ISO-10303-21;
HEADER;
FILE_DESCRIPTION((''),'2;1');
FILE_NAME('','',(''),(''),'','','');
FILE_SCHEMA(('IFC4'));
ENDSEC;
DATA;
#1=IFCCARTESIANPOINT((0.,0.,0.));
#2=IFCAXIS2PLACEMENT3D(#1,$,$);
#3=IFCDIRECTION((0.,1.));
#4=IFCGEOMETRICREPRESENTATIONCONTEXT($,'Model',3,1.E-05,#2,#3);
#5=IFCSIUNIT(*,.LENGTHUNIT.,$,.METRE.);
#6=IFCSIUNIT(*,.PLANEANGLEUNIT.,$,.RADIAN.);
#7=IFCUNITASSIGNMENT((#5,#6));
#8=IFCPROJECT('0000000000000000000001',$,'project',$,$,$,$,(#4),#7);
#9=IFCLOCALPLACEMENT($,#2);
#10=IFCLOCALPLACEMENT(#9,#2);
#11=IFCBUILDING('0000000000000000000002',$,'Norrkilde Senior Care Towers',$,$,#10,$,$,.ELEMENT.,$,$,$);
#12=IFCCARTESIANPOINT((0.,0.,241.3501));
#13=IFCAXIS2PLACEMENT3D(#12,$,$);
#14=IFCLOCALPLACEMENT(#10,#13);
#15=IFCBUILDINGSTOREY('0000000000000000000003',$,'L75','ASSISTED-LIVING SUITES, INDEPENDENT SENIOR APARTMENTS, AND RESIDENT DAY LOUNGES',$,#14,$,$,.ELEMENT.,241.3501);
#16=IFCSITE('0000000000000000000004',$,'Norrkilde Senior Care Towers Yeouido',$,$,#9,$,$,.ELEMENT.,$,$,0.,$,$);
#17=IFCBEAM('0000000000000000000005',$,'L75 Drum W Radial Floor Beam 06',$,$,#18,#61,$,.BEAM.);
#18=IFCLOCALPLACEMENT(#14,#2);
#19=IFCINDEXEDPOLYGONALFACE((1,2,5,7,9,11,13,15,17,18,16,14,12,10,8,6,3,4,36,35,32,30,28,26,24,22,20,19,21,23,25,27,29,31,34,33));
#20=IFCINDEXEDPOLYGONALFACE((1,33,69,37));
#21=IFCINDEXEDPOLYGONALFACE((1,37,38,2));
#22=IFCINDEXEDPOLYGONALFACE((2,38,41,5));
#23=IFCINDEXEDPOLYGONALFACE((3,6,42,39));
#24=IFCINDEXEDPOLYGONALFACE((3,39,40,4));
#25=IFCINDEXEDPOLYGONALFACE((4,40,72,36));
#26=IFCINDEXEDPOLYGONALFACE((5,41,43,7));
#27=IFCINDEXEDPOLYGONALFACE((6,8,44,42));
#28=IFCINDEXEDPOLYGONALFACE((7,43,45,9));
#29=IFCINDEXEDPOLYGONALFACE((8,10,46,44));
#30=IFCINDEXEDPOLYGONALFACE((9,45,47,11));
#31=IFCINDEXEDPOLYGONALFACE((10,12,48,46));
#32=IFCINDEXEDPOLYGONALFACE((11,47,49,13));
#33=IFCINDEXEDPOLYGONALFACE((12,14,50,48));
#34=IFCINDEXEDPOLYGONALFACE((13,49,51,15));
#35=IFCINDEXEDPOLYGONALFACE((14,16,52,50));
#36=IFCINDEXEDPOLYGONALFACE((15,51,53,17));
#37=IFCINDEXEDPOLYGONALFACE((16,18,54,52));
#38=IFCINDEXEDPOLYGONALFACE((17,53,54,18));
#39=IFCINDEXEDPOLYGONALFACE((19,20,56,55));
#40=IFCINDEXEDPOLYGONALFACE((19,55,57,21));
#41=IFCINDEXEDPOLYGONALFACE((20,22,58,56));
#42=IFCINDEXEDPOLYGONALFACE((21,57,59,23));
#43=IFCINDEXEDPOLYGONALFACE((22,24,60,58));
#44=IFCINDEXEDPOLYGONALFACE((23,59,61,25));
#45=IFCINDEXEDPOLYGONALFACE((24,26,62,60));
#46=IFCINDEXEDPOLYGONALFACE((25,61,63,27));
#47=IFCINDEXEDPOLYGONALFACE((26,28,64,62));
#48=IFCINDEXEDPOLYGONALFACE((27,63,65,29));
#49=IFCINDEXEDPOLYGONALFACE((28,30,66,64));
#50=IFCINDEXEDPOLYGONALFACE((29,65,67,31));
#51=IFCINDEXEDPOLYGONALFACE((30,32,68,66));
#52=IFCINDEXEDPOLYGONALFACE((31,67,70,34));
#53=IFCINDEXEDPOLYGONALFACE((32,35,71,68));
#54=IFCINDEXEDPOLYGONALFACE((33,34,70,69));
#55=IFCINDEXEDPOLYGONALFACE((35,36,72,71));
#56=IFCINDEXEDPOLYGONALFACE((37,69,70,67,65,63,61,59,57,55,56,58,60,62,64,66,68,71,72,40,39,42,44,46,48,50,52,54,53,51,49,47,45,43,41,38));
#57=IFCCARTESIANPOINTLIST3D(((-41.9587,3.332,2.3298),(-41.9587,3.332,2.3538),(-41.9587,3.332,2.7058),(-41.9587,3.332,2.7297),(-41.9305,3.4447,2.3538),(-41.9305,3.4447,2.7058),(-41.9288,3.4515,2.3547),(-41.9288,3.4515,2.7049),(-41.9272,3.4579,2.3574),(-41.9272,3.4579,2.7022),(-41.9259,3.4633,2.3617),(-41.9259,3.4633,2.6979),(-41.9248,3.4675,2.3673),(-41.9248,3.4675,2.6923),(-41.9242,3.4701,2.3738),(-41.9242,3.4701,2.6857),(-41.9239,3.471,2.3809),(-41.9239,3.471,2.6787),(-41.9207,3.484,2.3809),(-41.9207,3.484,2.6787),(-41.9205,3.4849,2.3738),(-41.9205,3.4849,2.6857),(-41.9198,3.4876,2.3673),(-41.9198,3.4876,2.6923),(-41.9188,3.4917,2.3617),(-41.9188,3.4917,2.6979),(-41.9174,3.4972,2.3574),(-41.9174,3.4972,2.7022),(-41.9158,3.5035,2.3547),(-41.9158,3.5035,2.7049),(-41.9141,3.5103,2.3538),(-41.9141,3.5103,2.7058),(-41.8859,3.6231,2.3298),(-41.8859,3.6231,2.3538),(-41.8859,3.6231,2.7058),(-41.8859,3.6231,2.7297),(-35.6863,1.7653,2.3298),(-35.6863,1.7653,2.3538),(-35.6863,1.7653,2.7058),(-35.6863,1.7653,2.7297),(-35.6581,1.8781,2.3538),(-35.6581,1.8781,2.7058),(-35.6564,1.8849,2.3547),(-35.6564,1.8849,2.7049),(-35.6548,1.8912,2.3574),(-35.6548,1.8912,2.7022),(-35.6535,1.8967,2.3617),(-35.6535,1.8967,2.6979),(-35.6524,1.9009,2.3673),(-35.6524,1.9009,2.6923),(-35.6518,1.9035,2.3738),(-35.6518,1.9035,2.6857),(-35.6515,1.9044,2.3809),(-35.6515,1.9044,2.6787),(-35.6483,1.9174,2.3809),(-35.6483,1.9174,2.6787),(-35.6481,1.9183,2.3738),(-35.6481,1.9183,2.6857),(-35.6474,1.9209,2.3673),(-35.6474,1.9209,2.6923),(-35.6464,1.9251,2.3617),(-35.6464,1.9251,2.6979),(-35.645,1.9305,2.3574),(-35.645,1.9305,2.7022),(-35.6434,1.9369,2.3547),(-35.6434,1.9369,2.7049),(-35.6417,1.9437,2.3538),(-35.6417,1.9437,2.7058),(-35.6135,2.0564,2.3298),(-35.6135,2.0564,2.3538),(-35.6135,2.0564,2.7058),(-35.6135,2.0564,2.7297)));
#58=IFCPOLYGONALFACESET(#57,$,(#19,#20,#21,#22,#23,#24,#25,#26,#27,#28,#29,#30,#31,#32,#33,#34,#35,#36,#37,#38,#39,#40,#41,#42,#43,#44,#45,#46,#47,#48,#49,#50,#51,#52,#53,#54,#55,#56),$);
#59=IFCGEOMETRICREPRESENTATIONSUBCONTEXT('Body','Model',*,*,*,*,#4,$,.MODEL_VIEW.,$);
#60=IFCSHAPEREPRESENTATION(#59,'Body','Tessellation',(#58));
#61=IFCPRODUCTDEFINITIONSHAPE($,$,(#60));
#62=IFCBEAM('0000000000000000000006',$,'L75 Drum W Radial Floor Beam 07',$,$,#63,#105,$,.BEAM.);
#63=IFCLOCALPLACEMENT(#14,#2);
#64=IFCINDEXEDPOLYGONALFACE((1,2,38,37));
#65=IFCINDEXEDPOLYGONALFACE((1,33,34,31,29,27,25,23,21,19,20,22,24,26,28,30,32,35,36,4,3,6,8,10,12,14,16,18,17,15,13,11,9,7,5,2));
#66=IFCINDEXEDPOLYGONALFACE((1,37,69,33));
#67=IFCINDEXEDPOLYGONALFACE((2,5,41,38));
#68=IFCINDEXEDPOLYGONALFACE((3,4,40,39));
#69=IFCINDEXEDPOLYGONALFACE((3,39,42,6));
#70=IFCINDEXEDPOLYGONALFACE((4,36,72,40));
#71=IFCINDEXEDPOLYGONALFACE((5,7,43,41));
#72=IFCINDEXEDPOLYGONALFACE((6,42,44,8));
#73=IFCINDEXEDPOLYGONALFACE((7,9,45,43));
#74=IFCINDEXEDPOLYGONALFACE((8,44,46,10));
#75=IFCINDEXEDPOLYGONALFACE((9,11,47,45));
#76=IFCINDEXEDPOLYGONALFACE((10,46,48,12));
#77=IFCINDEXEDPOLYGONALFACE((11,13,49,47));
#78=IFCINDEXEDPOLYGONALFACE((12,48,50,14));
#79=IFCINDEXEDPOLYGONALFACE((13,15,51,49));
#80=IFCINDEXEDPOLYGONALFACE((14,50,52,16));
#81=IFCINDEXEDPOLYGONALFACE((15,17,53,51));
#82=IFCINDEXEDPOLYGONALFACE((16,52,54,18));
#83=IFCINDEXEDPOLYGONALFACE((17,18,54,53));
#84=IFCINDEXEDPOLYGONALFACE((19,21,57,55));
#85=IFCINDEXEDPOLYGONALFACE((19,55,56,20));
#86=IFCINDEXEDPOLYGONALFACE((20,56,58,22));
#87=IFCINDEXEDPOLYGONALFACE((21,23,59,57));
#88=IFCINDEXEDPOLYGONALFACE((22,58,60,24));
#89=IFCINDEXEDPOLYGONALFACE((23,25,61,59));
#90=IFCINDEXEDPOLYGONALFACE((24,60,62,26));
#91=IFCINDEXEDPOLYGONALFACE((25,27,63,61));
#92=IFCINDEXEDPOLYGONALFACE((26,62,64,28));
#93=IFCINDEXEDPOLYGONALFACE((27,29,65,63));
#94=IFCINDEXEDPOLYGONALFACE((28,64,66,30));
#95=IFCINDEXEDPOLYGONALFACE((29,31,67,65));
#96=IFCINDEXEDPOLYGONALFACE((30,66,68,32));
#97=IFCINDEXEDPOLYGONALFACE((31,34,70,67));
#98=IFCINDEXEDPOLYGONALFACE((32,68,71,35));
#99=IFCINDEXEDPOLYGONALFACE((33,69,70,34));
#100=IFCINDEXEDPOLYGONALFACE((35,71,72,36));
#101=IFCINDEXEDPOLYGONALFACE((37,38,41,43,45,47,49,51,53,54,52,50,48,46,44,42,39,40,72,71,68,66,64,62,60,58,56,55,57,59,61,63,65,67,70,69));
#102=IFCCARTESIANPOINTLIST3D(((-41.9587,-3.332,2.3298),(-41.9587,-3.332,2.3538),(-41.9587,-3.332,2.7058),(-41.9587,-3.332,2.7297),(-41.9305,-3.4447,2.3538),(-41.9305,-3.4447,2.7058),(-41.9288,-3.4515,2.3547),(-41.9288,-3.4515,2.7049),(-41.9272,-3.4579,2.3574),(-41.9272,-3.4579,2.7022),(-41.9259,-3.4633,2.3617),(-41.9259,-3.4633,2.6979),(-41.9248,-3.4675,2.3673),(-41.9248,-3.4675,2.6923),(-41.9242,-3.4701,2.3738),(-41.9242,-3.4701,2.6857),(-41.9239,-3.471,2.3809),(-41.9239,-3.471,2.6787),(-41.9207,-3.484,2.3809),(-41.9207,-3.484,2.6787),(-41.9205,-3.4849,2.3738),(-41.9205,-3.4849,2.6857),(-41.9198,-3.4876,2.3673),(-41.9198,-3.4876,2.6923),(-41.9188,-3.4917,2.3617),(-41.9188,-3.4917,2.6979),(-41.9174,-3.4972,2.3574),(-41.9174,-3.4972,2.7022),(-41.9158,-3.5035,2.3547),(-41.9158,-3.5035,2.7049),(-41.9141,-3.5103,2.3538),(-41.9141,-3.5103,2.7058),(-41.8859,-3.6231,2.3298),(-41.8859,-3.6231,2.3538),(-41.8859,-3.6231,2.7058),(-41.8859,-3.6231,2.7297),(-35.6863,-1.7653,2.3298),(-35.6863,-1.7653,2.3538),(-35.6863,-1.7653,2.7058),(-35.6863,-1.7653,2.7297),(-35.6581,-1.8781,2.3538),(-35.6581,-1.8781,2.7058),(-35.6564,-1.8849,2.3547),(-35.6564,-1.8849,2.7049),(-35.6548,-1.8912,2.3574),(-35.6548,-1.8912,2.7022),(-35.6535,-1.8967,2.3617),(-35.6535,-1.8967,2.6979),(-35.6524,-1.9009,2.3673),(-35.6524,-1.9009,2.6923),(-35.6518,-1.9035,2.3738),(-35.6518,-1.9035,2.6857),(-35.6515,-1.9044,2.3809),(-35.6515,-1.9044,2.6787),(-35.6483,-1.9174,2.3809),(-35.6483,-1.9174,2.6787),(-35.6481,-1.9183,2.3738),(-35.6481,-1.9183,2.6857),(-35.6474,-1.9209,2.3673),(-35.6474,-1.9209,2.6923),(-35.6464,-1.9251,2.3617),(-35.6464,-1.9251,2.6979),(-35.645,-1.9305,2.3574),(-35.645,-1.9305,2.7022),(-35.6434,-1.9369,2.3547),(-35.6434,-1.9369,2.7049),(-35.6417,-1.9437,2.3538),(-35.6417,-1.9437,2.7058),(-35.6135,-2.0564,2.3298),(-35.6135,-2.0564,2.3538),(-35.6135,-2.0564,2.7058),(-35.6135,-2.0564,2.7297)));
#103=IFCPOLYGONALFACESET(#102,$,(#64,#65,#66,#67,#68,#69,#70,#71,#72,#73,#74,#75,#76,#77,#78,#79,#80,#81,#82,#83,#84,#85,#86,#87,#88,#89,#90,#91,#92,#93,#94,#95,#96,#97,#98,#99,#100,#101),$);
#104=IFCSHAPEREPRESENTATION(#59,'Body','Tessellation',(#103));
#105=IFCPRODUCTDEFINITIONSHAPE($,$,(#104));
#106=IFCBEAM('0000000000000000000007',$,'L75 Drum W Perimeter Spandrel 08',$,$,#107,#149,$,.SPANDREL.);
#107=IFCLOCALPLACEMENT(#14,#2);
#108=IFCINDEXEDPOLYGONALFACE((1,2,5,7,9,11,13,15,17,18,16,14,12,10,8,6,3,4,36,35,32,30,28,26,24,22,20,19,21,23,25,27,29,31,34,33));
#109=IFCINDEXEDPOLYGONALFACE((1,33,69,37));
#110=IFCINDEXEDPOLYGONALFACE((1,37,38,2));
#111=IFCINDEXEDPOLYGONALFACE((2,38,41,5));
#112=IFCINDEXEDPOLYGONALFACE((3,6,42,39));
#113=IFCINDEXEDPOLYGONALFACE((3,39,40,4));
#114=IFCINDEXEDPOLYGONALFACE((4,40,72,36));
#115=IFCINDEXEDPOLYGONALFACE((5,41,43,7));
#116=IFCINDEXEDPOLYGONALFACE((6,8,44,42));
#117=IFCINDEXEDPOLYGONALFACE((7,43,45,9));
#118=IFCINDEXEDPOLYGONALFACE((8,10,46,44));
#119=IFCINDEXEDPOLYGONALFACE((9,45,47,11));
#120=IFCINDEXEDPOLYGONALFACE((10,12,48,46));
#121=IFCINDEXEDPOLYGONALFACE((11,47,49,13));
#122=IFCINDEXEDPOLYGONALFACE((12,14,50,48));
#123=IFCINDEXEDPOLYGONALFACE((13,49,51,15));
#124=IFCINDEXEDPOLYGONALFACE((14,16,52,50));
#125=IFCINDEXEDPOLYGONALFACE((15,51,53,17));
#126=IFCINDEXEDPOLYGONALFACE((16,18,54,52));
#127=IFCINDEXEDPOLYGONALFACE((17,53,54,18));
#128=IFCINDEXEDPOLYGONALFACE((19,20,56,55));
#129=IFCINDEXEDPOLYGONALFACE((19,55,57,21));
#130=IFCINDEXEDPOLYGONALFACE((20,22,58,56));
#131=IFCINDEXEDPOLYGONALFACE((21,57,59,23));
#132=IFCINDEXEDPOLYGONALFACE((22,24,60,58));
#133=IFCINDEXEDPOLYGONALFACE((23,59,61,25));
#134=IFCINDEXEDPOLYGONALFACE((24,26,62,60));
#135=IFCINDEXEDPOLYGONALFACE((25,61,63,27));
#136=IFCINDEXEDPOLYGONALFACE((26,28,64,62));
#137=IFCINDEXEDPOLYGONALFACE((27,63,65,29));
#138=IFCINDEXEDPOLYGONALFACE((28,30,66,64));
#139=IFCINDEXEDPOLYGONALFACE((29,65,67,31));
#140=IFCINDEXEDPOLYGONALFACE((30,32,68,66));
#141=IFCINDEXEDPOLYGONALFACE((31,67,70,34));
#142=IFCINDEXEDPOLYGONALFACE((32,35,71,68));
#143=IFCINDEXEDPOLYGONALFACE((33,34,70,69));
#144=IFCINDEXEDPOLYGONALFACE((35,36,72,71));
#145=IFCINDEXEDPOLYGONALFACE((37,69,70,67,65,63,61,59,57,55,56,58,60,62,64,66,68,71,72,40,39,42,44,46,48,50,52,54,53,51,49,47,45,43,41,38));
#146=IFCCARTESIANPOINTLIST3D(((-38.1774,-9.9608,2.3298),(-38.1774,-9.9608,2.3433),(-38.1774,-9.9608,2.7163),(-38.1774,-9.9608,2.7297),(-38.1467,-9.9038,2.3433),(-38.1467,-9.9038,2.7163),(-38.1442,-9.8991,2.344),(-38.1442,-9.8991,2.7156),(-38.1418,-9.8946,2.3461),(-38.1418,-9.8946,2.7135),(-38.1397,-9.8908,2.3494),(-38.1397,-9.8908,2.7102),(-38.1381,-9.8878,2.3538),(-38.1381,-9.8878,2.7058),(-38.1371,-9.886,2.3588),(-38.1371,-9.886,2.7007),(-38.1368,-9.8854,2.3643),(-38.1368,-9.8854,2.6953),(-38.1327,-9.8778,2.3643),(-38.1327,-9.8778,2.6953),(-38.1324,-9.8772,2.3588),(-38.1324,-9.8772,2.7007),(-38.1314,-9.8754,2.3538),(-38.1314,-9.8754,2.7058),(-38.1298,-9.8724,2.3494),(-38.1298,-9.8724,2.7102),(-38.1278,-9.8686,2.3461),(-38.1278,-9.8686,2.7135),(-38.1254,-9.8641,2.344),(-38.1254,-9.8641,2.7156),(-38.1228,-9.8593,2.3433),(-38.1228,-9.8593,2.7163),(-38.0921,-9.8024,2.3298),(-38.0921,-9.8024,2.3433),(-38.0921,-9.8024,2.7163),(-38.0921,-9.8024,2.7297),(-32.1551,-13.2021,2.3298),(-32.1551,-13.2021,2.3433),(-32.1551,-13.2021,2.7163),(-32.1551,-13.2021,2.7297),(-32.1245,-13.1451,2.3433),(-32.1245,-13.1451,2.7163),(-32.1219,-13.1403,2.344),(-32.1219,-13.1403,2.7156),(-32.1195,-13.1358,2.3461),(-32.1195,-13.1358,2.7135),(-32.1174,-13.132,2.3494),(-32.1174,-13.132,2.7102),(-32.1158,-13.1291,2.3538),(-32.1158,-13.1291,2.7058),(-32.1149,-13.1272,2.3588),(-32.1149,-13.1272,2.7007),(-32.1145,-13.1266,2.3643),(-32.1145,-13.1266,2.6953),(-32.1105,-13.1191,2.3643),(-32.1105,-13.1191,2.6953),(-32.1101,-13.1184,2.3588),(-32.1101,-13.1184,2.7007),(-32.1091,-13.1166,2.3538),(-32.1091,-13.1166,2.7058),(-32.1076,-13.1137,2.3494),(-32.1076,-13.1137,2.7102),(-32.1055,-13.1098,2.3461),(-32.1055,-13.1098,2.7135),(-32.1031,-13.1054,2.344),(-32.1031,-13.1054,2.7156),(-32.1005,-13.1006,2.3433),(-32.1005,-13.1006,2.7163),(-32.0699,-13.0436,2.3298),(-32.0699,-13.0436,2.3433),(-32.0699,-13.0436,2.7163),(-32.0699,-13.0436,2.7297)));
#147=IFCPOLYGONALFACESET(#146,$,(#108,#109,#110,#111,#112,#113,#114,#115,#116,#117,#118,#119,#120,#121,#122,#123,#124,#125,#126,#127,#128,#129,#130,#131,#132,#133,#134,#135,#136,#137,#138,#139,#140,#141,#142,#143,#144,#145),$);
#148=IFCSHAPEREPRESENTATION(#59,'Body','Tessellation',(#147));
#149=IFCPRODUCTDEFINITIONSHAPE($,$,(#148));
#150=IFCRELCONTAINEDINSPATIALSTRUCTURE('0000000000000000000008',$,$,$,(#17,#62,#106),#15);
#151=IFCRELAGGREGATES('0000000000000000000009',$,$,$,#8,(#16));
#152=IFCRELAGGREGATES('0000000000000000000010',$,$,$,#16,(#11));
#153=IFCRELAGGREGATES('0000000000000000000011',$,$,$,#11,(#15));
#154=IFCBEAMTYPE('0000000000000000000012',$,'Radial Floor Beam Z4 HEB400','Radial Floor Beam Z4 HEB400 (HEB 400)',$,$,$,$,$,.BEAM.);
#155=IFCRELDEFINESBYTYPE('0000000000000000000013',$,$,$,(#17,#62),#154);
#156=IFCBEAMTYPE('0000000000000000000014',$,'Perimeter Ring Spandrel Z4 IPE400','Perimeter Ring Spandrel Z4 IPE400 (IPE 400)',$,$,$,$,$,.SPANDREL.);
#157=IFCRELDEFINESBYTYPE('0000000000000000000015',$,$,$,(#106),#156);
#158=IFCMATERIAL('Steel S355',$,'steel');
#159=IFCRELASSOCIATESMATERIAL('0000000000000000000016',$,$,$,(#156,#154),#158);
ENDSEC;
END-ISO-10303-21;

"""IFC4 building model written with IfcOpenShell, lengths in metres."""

from ifc_helpers import new_model, si_unit, direction, frame, origin, origin_2d, place, context, subcontext, project, spatial, i_section, extrude, source, transform, mapped, material, material_profile, profile_set, type_object, type_shapes, element, save


model = new_model("IFC4")

# Units and contexts
model_context = context("Model", 3, precision=1e-05, world=origin(), true_north=direction((0.0, 1.0)))
body_context = subcontext(model_context, "Body", "Model", "MODEL_VIEW")
ifc_project = project(units=[si_unit("LENGTHUNIT", "METRE"), si_unit("PLANEANGLEUNIT", "RADIAN")], contexts=[model_context])

# Site, building, storey
site_placement = place(None, origin())
site = spatial("IfcSite", under=ifc_project, at=site_placement, Name="Norrkilde Senior Care Towers Yeouido", CompositionType="ELEMENT", RefElevation=0.0)
building_placement = place(site_placement, origin())
building = spatial("IfcBuilding", under=site, at=building_placement, Name="Norrkilde Senior Care Towers", CompositionType="ELEMENT")
storey_placement = place(building_placement, frame((0.0, 0.0, 241.3501)))
storey = spatial("IfcBuildingStorey", under=building, at=storey_placement, Name="L75", Description="ASSISTED-LIVING SUITES, INDEPENDENT SENIOR APARTMENTS, AND RESIDENT DAY LOUNGES", CompositionType="ELEMENT", Elevation=241.3501)

# Beams
ifc_material_1 = material(Name="Steel S355", Category="steel")
ifc_material_profile_1 = material_profile(ifc_material_1, i_section(OverallWidth=0.1799, OverallDepth=0.3999, WebThickness=0.0085, FlangeThickness=0.0134, FilletRadius=0.021, at=origin_2d()), Name="IPE 400")
ifc_profile_set_1 = profile_set([ifc_material_profile_1], Name="Steel S355")
beam_type_1 = type_object("IfcBeamType", Name="Perimeter Ring Spandrel Z4 IPE400", Description="Perimeter Ring Spandrel Z4 IPE400 (IPE 400)", PredefinedType="SPANDREL", material=ifc_profile_set_1)
ifc_material_profile_2 = material_profile(ifc_material_1, i_section(OverallWidth=0.3, OverallDepth=0.3999, WebThickness=0.0134, FlangeThickness=0.0239, FilletRadius=0.0271, at=origin_2d()), Name="HEB 400")
ifc_profile_set_2 = profile_set([ifc_material_profile_2], Name="Steel S355")
beam_type_2 = type_object("IfcBeamType", Name="Radial Floor Beam Z4 HEB400", Description="Radial Floor Beam Z4 HEB400 (HEB 400)", PredefinedType="BEAM", material=ifc_profile_set_2)
shared_shape_1 = source(origin(), body_context, "Body", "SweptSolid", [
    extrude(i_section(OverallWidth=0.3, OverallDepth=0.3999, WebThickness=0.0134, FlangeThickness=0.0239, FilletRadius=0.0271, at=origin_2d()), origin(), (0.0, 0.0, 1.0), 6.4651),
])
type_shapes(beam_type_2, [shared_shape_1])
for number, where, z_axis, x_axis, name in (
    (1, (-35.6499, 1.9109, 2.5298), (-0.970196, 0.242322, 0.0), (-0.242322, -0.970196, 0.0), "L75 Drum W Radial Floor Beam 06"),
    (2, (-35.6499, -1.9109, 2.5298), (-0.970196, -0.242322, 0.0), (0.242322, -0.970196, 0.0), "L75 Drum W Radial Floor Beam 07"),
):
    element("IfcBeam", number, at=place(storey_placement, frame(where, z_axis=z_axis, x_axis=x_axis)), inside=storey, type_object=beam_type_2, Name=name, PredefinedType="BEAM", context=body_context, shape_type="MappedRepresentation", body=[
        mapped(shared_shape_1, transform((0.0, 0.0, 0.0), x_axis=(1.0, 0.0, 0.0), y_axis=(0.0, 1.0, 0.0), z_axis=(0.0, 0.0, 1.0), scale=1.0)),
    ])
shared_shape_2 = source(origin(), body_context, "Body", "SweptSolid", [
    extrude(i_section(OverallWidth=0.1799, OverallDepth=0.3999, WebThickness=0.0085, FlangeThickness=0.0134, FilletRadius=0.021, at=origin_2d()), origin(), (0.0, 0.0, 1.0), 6.8391),
])
beam_1_placement = place(storey_placement, frame((-38.1348, -9.8816, 2.5298), z_axis=(0.880564, -0.473927, 0.0), x_axis=(0.473927, 0.880564, 0.0)))
element("IfcBeam", 3, at=beam_1_placement, inside=storey, type_object=beam_type_1, Name="L75 Drum W Perimeter Spandrel 08", PredefinedType="SPANDREL", context=body_context, shape_type="MappedRepresentation", body=[
    mapped(shared_shape_2, transform((0.0, 0.0, 0.0), x_axis=(1.0, 0.0, 0.0), y_axis=(0.0, 1.0, 0.0), z_axis=(0.0, 0.0, 1.0), scale=1.0)),
])

save(model, "model.ifc")
